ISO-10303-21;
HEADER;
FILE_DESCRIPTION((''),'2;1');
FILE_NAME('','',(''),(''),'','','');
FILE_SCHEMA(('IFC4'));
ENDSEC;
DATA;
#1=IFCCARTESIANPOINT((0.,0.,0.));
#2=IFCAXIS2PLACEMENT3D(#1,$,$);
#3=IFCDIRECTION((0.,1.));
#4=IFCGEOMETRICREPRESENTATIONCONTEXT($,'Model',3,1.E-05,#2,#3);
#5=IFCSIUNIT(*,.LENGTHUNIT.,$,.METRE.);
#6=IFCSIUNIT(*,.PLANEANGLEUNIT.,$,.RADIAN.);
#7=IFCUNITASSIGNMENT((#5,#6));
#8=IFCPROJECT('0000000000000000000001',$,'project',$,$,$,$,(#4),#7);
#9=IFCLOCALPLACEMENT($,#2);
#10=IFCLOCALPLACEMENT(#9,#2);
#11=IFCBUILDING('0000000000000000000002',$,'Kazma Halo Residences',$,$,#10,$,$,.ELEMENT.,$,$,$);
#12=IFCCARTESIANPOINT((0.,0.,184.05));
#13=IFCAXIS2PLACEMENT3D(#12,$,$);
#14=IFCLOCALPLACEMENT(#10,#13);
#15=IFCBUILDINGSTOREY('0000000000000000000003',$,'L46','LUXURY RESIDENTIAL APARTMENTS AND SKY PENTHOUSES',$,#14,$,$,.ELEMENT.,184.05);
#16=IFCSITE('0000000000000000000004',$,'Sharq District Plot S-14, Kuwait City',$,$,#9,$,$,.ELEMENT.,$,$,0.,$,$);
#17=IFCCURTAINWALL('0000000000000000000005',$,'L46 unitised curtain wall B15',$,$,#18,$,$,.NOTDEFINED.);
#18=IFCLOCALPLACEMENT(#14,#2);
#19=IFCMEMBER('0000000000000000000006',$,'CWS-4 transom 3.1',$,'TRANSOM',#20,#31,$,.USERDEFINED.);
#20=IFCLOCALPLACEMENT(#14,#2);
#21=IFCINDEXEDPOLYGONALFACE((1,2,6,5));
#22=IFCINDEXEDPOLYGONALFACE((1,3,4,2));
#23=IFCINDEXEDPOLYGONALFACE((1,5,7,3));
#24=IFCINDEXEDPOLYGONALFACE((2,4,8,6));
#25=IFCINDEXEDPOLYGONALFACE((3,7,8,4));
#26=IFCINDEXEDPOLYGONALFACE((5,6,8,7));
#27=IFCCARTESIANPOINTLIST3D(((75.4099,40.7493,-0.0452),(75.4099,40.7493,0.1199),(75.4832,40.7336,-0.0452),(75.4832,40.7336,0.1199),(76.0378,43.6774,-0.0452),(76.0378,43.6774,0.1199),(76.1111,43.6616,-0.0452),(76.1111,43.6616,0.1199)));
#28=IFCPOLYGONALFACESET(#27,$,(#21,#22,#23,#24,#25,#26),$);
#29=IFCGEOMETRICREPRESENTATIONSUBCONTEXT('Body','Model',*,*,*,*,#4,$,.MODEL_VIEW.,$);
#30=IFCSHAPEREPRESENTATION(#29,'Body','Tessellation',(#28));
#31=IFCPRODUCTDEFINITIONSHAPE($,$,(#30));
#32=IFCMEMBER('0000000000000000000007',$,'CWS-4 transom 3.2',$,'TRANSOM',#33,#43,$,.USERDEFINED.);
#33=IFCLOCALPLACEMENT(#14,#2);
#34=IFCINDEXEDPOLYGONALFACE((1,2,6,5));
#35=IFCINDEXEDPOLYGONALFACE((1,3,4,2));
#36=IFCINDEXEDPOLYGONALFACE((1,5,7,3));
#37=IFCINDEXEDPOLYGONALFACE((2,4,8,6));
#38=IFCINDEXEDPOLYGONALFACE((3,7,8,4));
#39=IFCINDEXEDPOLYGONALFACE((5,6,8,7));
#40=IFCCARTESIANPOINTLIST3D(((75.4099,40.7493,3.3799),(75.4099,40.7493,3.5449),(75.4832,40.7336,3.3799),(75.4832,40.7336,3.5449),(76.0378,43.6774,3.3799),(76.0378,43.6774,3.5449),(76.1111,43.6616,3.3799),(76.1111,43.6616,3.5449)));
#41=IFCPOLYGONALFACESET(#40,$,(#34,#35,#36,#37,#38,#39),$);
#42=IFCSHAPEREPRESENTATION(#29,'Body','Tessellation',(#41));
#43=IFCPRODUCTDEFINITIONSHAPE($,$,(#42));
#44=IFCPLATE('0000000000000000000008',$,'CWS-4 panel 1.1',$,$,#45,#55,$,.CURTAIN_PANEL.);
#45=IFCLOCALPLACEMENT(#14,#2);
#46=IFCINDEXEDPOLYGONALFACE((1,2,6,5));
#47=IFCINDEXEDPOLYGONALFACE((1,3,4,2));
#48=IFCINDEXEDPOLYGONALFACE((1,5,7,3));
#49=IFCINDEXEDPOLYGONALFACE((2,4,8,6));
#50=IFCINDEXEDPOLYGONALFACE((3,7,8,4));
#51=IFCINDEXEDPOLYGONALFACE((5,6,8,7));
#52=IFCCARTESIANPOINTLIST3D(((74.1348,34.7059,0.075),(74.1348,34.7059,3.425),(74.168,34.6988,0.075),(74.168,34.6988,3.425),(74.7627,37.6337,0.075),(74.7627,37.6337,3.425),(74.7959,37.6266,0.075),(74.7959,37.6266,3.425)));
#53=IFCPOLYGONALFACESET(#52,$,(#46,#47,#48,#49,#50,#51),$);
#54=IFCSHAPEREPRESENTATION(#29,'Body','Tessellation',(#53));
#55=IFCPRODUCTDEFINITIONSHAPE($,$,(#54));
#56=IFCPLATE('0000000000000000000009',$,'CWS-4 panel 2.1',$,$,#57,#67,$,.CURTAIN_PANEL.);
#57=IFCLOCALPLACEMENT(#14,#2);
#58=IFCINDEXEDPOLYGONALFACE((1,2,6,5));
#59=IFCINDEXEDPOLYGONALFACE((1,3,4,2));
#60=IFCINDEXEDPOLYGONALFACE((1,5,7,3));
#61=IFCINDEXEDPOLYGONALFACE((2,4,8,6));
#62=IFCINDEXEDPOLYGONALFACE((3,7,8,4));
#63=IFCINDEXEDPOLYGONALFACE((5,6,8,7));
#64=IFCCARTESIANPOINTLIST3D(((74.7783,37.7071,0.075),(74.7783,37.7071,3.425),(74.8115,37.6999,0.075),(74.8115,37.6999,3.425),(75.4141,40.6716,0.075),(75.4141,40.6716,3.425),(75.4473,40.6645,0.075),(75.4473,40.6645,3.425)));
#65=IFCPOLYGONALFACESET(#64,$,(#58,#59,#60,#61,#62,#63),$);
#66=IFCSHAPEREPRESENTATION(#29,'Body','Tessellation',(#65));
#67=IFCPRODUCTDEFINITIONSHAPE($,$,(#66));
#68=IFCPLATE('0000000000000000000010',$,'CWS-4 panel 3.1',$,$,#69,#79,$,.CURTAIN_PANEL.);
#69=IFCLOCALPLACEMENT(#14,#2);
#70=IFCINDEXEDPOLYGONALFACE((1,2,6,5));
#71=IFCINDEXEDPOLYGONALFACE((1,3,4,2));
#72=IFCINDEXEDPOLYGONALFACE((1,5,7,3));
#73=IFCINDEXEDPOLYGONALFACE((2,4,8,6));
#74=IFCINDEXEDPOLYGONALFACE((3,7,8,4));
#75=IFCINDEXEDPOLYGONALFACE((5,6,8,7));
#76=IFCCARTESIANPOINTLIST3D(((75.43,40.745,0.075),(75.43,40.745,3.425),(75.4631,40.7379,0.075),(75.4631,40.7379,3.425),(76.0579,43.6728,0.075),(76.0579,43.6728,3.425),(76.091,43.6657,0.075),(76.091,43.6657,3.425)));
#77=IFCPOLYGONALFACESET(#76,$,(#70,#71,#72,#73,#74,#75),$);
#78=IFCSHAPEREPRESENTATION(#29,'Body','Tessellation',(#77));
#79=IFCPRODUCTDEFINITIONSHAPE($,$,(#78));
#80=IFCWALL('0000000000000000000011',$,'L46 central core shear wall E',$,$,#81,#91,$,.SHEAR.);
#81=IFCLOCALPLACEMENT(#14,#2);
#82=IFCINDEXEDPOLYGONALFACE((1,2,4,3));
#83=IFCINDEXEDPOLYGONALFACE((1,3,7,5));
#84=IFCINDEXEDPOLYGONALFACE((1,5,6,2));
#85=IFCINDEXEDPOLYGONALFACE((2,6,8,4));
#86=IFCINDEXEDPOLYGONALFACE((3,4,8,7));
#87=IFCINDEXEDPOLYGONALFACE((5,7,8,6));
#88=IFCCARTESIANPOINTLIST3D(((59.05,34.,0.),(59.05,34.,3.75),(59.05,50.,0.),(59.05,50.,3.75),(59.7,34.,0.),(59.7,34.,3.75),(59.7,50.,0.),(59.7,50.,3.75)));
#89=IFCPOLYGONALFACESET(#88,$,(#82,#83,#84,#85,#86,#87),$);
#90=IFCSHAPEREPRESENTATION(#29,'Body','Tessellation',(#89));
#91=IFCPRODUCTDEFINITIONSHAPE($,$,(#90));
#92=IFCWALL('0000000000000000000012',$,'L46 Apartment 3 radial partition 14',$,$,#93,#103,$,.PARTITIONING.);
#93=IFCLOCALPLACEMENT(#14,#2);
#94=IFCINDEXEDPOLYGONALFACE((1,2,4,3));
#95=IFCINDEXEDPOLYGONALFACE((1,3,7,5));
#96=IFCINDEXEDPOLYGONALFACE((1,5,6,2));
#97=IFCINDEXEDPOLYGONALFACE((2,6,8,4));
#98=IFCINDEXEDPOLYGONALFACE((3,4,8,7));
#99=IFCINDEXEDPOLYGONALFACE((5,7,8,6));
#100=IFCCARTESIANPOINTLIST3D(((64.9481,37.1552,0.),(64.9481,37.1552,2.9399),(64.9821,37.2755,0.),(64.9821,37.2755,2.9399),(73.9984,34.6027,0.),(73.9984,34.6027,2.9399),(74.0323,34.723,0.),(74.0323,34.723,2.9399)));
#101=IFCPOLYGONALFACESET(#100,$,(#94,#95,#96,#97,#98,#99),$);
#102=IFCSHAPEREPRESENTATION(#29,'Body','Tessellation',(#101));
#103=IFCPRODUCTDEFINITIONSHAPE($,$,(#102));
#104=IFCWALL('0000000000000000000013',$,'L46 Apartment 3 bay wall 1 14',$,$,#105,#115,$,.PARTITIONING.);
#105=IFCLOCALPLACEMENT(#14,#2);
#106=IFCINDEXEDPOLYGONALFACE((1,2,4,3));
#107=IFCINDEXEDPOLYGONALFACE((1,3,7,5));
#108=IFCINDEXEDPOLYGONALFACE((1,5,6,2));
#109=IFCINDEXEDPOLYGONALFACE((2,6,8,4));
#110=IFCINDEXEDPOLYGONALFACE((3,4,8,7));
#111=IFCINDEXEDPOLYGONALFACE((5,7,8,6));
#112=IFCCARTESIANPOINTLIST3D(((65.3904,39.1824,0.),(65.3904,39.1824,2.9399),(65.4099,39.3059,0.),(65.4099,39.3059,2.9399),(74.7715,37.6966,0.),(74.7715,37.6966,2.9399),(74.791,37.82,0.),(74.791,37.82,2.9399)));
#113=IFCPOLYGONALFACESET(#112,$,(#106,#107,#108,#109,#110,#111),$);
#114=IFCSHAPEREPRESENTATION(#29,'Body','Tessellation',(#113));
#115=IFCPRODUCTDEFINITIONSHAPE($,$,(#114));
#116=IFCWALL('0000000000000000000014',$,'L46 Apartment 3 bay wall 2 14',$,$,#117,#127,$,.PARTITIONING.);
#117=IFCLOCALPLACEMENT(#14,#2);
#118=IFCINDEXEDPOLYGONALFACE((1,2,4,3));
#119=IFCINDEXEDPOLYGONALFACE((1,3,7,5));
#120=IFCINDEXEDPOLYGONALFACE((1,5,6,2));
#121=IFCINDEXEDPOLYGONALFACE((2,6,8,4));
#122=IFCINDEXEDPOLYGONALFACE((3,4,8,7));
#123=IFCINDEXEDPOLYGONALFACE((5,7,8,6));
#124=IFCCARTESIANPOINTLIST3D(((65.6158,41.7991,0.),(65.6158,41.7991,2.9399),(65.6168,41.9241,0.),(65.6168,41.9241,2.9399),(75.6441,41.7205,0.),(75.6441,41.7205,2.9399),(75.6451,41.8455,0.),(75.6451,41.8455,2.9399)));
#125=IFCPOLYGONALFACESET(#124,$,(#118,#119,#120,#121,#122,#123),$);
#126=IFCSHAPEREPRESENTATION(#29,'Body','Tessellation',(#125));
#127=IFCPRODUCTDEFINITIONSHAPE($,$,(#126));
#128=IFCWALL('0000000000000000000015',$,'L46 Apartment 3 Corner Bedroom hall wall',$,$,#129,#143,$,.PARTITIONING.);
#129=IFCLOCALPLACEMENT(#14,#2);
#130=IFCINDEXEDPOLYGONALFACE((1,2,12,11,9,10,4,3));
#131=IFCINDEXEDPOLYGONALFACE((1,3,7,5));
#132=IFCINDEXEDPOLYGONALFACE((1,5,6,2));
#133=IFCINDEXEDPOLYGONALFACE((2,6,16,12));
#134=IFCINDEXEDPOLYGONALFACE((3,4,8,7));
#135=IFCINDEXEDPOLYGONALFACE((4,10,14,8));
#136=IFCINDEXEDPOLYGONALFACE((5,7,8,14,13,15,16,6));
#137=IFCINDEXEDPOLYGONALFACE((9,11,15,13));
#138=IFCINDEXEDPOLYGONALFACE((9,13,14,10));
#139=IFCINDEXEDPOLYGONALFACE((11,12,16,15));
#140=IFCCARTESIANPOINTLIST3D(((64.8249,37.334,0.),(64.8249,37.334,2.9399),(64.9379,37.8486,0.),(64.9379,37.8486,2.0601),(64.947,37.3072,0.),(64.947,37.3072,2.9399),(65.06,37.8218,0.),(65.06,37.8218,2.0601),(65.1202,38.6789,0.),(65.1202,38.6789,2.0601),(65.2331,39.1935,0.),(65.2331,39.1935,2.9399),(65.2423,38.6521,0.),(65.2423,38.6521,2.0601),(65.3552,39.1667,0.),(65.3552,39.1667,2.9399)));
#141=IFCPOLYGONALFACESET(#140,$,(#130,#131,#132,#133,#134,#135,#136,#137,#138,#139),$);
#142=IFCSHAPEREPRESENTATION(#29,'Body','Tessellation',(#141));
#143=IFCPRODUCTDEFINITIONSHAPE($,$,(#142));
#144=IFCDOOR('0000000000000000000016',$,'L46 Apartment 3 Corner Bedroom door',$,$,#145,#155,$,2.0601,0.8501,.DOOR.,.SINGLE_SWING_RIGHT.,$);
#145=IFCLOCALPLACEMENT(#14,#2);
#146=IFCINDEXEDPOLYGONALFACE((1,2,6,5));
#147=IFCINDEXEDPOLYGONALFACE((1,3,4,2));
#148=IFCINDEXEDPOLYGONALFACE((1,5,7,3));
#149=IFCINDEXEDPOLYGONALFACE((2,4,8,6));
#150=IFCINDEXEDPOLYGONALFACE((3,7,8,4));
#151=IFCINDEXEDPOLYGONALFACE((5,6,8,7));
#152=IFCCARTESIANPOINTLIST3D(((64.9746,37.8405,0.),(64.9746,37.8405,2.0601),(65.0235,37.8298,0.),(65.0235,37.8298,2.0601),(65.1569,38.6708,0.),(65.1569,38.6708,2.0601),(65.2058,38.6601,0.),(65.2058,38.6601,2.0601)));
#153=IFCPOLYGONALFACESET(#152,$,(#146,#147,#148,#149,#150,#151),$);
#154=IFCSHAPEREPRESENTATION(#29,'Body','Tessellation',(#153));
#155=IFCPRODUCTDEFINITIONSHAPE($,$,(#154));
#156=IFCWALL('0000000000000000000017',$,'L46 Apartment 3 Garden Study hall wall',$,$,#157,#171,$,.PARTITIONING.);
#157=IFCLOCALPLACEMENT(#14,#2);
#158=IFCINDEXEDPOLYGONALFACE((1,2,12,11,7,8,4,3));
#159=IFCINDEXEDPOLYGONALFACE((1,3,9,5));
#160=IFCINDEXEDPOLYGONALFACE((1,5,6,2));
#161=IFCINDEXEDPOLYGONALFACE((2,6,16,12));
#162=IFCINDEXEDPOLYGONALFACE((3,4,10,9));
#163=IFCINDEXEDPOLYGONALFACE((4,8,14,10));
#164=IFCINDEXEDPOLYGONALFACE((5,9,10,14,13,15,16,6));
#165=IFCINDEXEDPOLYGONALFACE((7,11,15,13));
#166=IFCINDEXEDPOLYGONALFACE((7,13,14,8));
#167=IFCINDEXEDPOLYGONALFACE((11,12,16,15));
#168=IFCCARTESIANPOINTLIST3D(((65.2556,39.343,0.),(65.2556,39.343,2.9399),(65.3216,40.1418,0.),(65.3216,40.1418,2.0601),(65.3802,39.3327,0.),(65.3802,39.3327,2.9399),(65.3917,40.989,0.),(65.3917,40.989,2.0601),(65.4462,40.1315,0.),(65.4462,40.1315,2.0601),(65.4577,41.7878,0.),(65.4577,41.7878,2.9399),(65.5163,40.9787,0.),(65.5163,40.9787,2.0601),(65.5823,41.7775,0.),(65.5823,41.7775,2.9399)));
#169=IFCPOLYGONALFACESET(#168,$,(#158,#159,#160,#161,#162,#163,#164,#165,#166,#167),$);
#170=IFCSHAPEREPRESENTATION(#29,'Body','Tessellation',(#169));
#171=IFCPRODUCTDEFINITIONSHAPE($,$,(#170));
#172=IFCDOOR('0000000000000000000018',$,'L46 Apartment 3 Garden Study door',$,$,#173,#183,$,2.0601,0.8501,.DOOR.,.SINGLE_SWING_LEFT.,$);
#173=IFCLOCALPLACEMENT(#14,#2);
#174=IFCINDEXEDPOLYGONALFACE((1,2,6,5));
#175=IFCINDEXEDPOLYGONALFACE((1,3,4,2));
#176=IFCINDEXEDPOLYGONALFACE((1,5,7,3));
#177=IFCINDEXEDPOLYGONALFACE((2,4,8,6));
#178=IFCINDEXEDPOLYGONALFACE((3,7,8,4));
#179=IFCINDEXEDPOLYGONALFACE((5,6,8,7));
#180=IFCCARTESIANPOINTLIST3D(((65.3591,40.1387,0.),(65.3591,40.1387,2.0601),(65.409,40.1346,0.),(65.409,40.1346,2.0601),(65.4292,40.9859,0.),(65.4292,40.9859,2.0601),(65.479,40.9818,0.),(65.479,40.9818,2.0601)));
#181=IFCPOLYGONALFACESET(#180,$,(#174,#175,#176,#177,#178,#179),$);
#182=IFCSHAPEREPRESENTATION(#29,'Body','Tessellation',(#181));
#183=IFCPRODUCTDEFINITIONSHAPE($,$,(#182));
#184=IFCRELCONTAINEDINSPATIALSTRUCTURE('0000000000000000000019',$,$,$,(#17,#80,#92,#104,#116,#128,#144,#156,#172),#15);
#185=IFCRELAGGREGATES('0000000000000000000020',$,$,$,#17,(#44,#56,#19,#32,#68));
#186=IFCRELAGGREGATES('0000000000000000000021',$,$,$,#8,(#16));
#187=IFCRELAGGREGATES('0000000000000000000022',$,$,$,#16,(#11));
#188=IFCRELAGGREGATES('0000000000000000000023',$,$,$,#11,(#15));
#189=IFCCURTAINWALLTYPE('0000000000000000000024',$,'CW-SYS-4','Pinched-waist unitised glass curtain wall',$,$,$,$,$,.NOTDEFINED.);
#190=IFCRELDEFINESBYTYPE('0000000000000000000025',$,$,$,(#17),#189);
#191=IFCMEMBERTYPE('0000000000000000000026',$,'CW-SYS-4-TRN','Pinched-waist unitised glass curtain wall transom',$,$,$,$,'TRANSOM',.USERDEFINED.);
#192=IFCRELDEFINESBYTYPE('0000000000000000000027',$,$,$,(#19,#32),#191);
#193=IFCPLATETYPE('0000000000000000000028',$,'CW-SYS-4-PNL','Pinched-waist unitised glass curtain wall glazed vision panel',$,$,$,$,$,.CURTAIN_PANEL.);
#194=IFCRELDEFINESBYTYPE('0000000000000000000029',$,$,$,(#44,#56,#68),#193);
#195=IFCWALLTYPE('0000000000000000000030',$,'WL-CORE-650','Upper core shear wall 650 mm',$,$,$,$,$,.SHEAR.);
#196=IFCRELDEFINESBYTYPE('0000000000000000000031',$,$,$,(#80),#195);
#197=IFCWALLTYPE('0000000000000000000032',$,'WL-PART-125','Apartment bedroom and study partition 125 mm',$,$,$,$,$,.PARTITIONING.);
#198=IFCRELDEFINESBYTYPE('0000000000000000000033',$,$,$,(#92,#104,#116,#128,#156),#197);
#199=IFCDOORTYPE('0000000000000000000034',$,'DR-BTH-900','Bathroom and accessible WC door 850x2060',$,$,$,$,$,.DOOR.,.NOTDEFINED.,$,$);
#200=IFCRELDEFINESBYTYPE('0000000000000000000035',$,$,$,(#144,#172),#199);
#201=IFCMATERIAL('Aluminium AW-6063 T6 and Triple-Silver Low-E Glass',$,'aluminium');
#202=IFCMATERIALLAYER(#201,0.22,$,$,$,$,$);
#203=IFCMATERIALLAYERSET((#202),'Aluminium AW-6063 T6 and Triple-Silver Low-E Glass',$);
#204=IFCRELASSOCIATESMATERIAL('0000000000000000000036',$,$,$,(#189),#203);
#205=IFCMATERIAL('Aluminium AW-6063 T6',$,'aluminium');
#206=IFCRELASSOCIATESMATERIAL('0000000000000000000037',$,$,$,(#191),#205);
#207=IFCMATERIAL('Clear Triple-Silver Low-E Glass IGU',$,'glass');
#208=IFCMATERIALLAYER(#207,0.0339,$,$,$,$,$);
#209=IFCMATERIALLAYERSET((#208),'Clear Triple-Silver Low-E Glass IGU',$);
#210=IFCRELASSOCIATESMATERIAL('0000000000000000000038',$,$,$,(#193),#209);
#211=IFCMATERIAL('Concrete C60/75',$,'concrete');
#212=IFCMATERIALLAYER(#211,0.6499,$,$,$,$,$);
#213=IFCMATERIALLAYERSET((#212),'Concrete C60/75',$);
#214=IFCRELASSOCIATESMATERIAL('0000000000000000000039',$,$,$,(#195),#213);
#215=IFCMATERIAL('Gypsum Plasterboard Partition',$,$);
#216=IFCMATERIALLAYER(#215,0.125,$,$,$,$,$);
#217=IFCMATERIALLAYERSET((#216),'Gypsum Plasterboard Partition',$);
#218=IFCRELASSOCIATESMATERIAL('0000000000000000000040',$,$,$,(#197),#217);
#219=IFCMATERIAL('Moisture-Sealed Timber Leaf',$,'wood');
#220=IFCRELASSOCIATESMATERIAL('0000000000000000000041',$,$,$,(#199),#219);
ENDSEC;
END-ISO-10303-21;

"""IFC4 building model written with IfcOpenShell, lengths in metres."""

from ifc_helpers import new_model, si_unit, direction, frame, frame_2d, origin, origin_2d, place, context, subcontext, project, spatial, rectangle, extrude, material, layer, layer_set, material_profile, profile_set, type_object, element, fill, aggregate, save


model = new_model("IFC4")

# Units and contexts
model_context = context("Model", 3, precision=1e-05, world=origin(), true_north=direction((0.0, 1.0)))
body_context = subcontext(model_context, "Body", "Model", "MODEL_VIEW")
ifc_project = project(units=[si_unit("LENGTHUNIT", "METRE"), si_unit("PLANEANGLEUNIT", "RADIAN")], contexts=[model_context])

# Site, building, storey
site_placement = place(None, origin())
site = spatial("IfcSite", under=ifc_project, at=site_placement, Name="Sharq District Plot S-14, Kuwait City", CompositionType="ELEMENT", RefElevation=0.0)
building_placement = place(site_placement, origin())
building = spatial("IfcBuilding", under=site, at=building_placement, Name="Kazma Halo Residences", CompositionType="ELEMENT")
storey_placement = place(building_placement, frame((0.0, 0.0, 184.05)))
storey = spatial("IfcBuildingStorey", under=building, at=storey_placement, Name="L46", Description="LUXURY RESIDENTIAL APARTMENTS AND SKY PENTHOUSES", CompositionType="ELEMENT", Elevation=184.05)

# Curtain wall, members, plates
ifc_material_1 = material(Name="Aluminium AW-6063 T6 and Triple-Silver Low-E Glass", Category="aluminium")
ifc_layer_1 = layer(ifc_material_1, 0.22)
ifc_layer_set_1 = layer_set([ifc_layer_1], Name="Aluminium AW-6063 T6 and Triple-Silver Low-E Glass")
curtain_wall_type = type_object("IfcCurtainWallType", Name="CW-SYS-4", Description="Pinched-waist unitised glass curtain wall", PredefinedType="NOTDEFINED", material=ifc_layer_set_1)
curtain_wall_placement = place(storey_placement, origin())
curtain_wall = element("IfcCurtainWall", 1, at=curtain_wall_placement, inside=storey, type_object=curtain_wall_type, Name="L46 unitised curtain wall B15", PredefinedType="NOTDEFINED")
ifc_material_2 = material(Name="Aluminium AW-6063 T6", Category="aluminium")
ifc_material_profile_1 = material_profile(ifc_material_2, rectangle(XDim=0.075, YDim=0.165, at=origin_2d()), Name="CWT-75x165")
ifc_profile_set_1 = profile_set([ifc_material_profile_1], Name="Aluminium AW-6063 T6")
member_type_1 = type_object("IfcMemberType", Name="CW-SYS-4-TRN", Description="Pinched-waist unitised glass curtain wall transom", ElementType="TRANSOM", PredefinedType="USERDEFINED", material=ifc_profile_set_1)
member_1_placement = place(storey_placement, frame((75.4465, 40.7415, 0.0374), z_axis=(0.209691, 0.977768, 0.0), x_axis=(-0.977768, 0.209691, 0.0)))
member_1 = element("IfcMember", 2, at=member_1_placement, type_object=member_type_1, Name="CWS-4 transom 3.1", ObjectType="TRANSOM", PredefinedType="USERDEFINED", context=body_context, shape_type="SweptSolid", body=[
    extrude(rectangle(XDim=0.075, YDim=0.165, at=origin_2d()), origin(), (0.0, 0.0, 1.0), 2.9946),
])
member_2_placement = place(storey_placement, frame((75.4465, 40.7415, 3.4624), z_axis=(0.209691, 0.977768, 0.0), x_axis=(-0.977768, 0.209691, 0.0)))
member_2 = element("IfcMember", 3, at=member_2_placement, type_object=member_type_1, Name="CWS-4 transom 3.2", ObjectType="TRANSOM", PredefinedType="USERDEFINED", context=body_context, shape_type="SweptSolid", body=[
    extrude(rectangle(XDim=0.075, YDim=0.165, at=origin_2d()), origin(), (0.0, 0.0, 1.0), 2.9946),
])
ifc_material_3 = material(Name="Clear Triple-Silver Low-E Glass IGU", Category="glass")
ifc_layer_2 = layer(ifc_material_3, 0.0339)
ifc_layer_set_2 = layer_set([ifc_layer_2], Name="Clear Triple-Silver Low-E Glass IGU")
plate_type = type_object("IfcPlateType", Name="CW-SYS-4-PNL", Description="Pinched-waist unitised glass curtain wall glazed vision panel", PredefinedType="CURTAIN_PANEL", material=ifc_layer_set_2)
plate_1_placement = place(storey_placement, frame((74.4653, 36.1663, 0.075), z_axis=(0.0, 0.0, 1.0), x_axis=(0.20969, 0.977768, 0.0)))
plate_1 = element("IfcPlate", 4, at=plate_1_placement, type_object=plate_type, Name="CWS-4 panel 1.1", PredefinedType="CURTAIN_PANEL", context=body_context, shape_type="SweptSolid", body=[
    extrude(rectangle(XDim=2.9944, YDim=0.0339, at=origin_2d()), origin(), (0.0, 0.0, 1.0), 3.3501),
])
plate_2_placement = place(storey_placement, frame((75.1128, 39.1858, 0.075), z_axis=(0.0, 0.0, 1.0), x_axis=(0.20969, 0.977768, 0.0)))
plate_2 = element("IfcPlate", 5, at=plate_2_placement, type_object=plate_type, Name="CWS-4 panel 2.1", PredefinedType="CURTAIN_PANEL", context=body_context, shape_type="SweptSolid", body=[
    extrude(rectangle(XDim=3.032, YDim=0.0339, at=origin_2d()), origin(), (0.0, 0.0, 1.0), 3.3501),
])
plate_3_placement = place(storey_placement, frame((75.7605, 42.2053, 0.075), z_axis=(0.0, 0.0, 1.0), x_axis=(0.20969, 0.977768, 0.0)))
plate_3 = element("IfcPlate", 6, at=plate_3_placement, type_object=plate_type, Name="CWS-4 panel 3.1", PredefinedType="CURTAIN_PANEL", context=body_context, shape_type="SweptSolid", body=[
    extrude(rectangle(XDim=2.9944, YDim=0.0339, at=origin_2d()), origin(), (0.0, 0.0, 1.0), 3.3501),
])
aggregate(curtain_wall, [plate_1, plate_2, member_1, member_2, plate_3])

# Walls
ifc_material_4 = material(Name="Concrete C60/75", Category="concrete")
ifc_layer_3 = layer(ifc_material_4, 0.6499)
ifc_layer_set_3 = layer_set([ifc_layer_3], Name="Concrete C60/75")
wall_type_1 = type_object("IfcWallType", Name="WL-CORE-650", Description="Upper core shear wall 650 mm", PredefinedType="SHEAR", material=ifc_layer_set_3)
wall_1_placement = place(storey_placement, frame((59.375, 34.0, 0.0), z_axis=(0.0, 0.0, 1.0), x_axis=(0.0, 1.0, 0.0)))
element("IfcWall", 7, at=wall_1_placement, inside=storey, type_object=wall_type_1, Name="L46 central core shear wall E", PredefinedType="SHEAR", context=body_context, shape_type="SweptSolid", body=[
    extrude(rectangle(XDim=16.0, YDim=0.6499, at=frame_2d((8.0, 0.0))), origin(), (0.0, 0.0, 1.0), 3.75),
])
ifc_material_5 = material(Name="Gypsum Plasterboard Partition")
ifc_layer_4 = layer(ifc_material_5, 0.125)
ifc_layer_set_4 = layer_set([ifc_layer_4], Name="Gypsum Plasterboard Partition")
wall_type_2 = type_object("IfcWallType", Name="WL-PART-125", Description="Apartment bedroom and study partition 125 mm", PredefinedType="PARTITIONING", material=ifc_layer_set_4)
wall_2_placement = place(storey_placement, frame((64.9651, 37.2153, 0.0), z_axis=(0.0, 0.0, 1.0), x_axis=(0.962454, -0.271445, 0.0)))
element("IfcWall", 8, at=wall_2_placement, inside=storey, type_object=wall_type_2, Name="L46 Apartment 3 radial partition 14", PredefinedType="PARTITIONING", context=body_context, shape_type="SweptSolid", body=[
    extrude(rectangle(XDim=9.4033, YDim=0.125, at=frame_2d((4.7017, 0.0))), origin(), (0.0, 0.0, 1.0), 2.9399),
])
wall_3_placement = place(storey_placement, frame((65.4001, 39.2441, 0.0), z_axis=(0.0, 0.0, 1.0), x_axis=(0.987688, -0.156436, 0.0)))
element("IfcWall", 9, at=wall_3_placement, inside=storey, type_object=wall_type_2, Name="L46 Apartment 3 bay wall 1 14", PredefinedType="PARTITIONING", context=body_context, shape_type="SweptSolid", body=[
    extrude(rectangle(XDim=9.498, YDim=0.125, at=frame_2d((4.749, 0.0))), origin(), (0.0, 0.0, 1.0), 2.9399),
])
wall_4_placement = place(storey_placement, frame((65.6165, 41.8616, 0.0), z_axis=(0.0, 0.0, 1.0), x_axis=(0.999969, -0.007839, 0.0)))
element("IfcWall", 10, at=wall_4_placement, inside=storey, type_object=wall_type_2, Name="L46 Apartment 3 bay wall 2 14", PredefinedType="PARTITIONING", context=body_context, shape_type="SweptSolid", body=[
    extrude(rectangle(XDim=10.0286, YDim=0.125, at=frame_2d((5.0142, 0.0))), origin(), (0.0, 0.0, 1.0), 2.9399),
])

# Walls, openings, doors
wall_5_placement = place(storey_placement, frame((64.886, 37.3206, 0.0), z_axis=(0.0, 0.0, 1.0), x_axis=(0.214404, 0.976745, 0.0)))
wall_5 = element("IfcWall", 11, at=wall_5_placement, inside=storey, type_object=wall_type_2, Name="L46 Apartment 3 Corner Bedroom hall wall", PredefinedType="PARTITIONING", context=body_context, shape_type="SweptSolid", body=[
    extrude(rectangle(XDim=1.9038, YDim=0.125, at=frame_2d((0.9519, 0.0))), origin(), (0.0, 0.0, 1.0), 2.9399),
])
opening_1_placement = place(wall_5_placement, frame((0.5269, 0.0, 0.0)))
opening_1 = element("IfcOpeningElement", 12, at=opening_1_placement, cuts=wall_5, PredefinedType="OPENING", context=body_context, shape_type="SweptSolid", body=[
    extrude(rectangle(XDim=0.8501, YDim=2.0601, at=frame_2d((0.425, 1.03))), frame((0.0, 0.0725, 0.0), z_axis=(0.0, -1.0, 0.0), x_axis=(1.0, 0.0, 0.0)), (0.0, 0.0, 1.0), 0.145),
])
ifc_material_6 = material(Name="Moisture-Sealed Timber Leaf", Category="wood")
door_type = type_object("IfcDoorType", Name="DR-BTH-900", Description="Bathroom and accessible WC door 850x2060", OperationType="NOTDEFINED", PredefinedType="DOOR", material=ifc_material_6)
door_1_placement = place(opening_1_placement, origin())
door_1 = element("IfcDoor", 13, at=door_1_placement, inside=storey, type_object=door_type, Name="L46 Apartment 3 Corner Bedroom door", OperationType="SINGLE_SWING_RIGHT", OverallHeight=2.0601, OverallWidth=0.8501, PredefinedType="DOOR", context=body_context, shape_type="SweptSolid", body=[
    extrude(rectangle(XDim=0.8501, YDim=2.0601, at=frame_2d((0.425, 1.03))), frame((0.0, 0.0249, 0.0), z_axis=(0.0, -1.0, 0.0), x_axis=(1.0, 0.0, 0.0)), (0.0, 0.0, 1.0), 0.05),
])
fill(opening_1, door_1)
wall_6_placement = place(storey_placement, frame((65.3179, 39.3379, 0.0), z_axis=(0.0, 0.0, 1.0), x_axis=(0.082403, 0.996599, 0.0)))
wall_6 = element("IfcWall", 14, at=wall_6_placement, inside=storey, type_object=wall_type_2, Name="L46 Apartment 3 Garden Study hall wall", PredefinedType="PARTITIONING", context=body_context, shape_type="SweptSolid", body=[
    extrude(rectangle(XDim=2.4531, YDim=0.125, at=frame_2d((1.2266, 0.0))), origin(), (0.0, 0.0, 1.0), 2.9399),
])
opening_2_placement = place(wall_6_placement, frame((0.8015, 0.0, 0.0)))
opening_2 = element("IfcOpeningElement", 15, at=opening_2_placement, cuts=wall_6, PredefinedType="OPENING", context=body_context, shape_type="SweptSolid", body=[
    extrude(rectangle(XDim=0.8501, YDim=2.0601, at=frame_2d((0.425, 1.03))), frame((0.0, 0.0725, 0.0), z_axis=(0.0, -1.0, 0.0), x_axis=(1.0, 0.0, 0.0)), (0.0, 0.0, 1.0), 0.145),
])
door_2_placement = place(opening_2_placement, origin())
door_2 = element("IfcDoor", 16, at=door_2_placement, inside=storey, type_object=door_type, Name="L46 Apartment 3 Garden Study door", OperationType="SINGLE_SWING_LEFT", OverallHeight=2.0601, OverallWidth=0.8501, PredefinedType="DOOR", context=body_context, shape_type="SweptSolid", body=[
    extrude(rectangle(XDim=0.8501, YDim=2.0601, at=frame_2d((0.425, 1.03))), frame((0.0, 0.0249, 0.0), z_axis=(0.0, -1.0, 0.0), x_axis=(1.0, 0.0, 0.0)), (0.0, 0.0, 1.0), 0.05),
])
fill(opening_2, door_2)

save(model, "model.ifc")
